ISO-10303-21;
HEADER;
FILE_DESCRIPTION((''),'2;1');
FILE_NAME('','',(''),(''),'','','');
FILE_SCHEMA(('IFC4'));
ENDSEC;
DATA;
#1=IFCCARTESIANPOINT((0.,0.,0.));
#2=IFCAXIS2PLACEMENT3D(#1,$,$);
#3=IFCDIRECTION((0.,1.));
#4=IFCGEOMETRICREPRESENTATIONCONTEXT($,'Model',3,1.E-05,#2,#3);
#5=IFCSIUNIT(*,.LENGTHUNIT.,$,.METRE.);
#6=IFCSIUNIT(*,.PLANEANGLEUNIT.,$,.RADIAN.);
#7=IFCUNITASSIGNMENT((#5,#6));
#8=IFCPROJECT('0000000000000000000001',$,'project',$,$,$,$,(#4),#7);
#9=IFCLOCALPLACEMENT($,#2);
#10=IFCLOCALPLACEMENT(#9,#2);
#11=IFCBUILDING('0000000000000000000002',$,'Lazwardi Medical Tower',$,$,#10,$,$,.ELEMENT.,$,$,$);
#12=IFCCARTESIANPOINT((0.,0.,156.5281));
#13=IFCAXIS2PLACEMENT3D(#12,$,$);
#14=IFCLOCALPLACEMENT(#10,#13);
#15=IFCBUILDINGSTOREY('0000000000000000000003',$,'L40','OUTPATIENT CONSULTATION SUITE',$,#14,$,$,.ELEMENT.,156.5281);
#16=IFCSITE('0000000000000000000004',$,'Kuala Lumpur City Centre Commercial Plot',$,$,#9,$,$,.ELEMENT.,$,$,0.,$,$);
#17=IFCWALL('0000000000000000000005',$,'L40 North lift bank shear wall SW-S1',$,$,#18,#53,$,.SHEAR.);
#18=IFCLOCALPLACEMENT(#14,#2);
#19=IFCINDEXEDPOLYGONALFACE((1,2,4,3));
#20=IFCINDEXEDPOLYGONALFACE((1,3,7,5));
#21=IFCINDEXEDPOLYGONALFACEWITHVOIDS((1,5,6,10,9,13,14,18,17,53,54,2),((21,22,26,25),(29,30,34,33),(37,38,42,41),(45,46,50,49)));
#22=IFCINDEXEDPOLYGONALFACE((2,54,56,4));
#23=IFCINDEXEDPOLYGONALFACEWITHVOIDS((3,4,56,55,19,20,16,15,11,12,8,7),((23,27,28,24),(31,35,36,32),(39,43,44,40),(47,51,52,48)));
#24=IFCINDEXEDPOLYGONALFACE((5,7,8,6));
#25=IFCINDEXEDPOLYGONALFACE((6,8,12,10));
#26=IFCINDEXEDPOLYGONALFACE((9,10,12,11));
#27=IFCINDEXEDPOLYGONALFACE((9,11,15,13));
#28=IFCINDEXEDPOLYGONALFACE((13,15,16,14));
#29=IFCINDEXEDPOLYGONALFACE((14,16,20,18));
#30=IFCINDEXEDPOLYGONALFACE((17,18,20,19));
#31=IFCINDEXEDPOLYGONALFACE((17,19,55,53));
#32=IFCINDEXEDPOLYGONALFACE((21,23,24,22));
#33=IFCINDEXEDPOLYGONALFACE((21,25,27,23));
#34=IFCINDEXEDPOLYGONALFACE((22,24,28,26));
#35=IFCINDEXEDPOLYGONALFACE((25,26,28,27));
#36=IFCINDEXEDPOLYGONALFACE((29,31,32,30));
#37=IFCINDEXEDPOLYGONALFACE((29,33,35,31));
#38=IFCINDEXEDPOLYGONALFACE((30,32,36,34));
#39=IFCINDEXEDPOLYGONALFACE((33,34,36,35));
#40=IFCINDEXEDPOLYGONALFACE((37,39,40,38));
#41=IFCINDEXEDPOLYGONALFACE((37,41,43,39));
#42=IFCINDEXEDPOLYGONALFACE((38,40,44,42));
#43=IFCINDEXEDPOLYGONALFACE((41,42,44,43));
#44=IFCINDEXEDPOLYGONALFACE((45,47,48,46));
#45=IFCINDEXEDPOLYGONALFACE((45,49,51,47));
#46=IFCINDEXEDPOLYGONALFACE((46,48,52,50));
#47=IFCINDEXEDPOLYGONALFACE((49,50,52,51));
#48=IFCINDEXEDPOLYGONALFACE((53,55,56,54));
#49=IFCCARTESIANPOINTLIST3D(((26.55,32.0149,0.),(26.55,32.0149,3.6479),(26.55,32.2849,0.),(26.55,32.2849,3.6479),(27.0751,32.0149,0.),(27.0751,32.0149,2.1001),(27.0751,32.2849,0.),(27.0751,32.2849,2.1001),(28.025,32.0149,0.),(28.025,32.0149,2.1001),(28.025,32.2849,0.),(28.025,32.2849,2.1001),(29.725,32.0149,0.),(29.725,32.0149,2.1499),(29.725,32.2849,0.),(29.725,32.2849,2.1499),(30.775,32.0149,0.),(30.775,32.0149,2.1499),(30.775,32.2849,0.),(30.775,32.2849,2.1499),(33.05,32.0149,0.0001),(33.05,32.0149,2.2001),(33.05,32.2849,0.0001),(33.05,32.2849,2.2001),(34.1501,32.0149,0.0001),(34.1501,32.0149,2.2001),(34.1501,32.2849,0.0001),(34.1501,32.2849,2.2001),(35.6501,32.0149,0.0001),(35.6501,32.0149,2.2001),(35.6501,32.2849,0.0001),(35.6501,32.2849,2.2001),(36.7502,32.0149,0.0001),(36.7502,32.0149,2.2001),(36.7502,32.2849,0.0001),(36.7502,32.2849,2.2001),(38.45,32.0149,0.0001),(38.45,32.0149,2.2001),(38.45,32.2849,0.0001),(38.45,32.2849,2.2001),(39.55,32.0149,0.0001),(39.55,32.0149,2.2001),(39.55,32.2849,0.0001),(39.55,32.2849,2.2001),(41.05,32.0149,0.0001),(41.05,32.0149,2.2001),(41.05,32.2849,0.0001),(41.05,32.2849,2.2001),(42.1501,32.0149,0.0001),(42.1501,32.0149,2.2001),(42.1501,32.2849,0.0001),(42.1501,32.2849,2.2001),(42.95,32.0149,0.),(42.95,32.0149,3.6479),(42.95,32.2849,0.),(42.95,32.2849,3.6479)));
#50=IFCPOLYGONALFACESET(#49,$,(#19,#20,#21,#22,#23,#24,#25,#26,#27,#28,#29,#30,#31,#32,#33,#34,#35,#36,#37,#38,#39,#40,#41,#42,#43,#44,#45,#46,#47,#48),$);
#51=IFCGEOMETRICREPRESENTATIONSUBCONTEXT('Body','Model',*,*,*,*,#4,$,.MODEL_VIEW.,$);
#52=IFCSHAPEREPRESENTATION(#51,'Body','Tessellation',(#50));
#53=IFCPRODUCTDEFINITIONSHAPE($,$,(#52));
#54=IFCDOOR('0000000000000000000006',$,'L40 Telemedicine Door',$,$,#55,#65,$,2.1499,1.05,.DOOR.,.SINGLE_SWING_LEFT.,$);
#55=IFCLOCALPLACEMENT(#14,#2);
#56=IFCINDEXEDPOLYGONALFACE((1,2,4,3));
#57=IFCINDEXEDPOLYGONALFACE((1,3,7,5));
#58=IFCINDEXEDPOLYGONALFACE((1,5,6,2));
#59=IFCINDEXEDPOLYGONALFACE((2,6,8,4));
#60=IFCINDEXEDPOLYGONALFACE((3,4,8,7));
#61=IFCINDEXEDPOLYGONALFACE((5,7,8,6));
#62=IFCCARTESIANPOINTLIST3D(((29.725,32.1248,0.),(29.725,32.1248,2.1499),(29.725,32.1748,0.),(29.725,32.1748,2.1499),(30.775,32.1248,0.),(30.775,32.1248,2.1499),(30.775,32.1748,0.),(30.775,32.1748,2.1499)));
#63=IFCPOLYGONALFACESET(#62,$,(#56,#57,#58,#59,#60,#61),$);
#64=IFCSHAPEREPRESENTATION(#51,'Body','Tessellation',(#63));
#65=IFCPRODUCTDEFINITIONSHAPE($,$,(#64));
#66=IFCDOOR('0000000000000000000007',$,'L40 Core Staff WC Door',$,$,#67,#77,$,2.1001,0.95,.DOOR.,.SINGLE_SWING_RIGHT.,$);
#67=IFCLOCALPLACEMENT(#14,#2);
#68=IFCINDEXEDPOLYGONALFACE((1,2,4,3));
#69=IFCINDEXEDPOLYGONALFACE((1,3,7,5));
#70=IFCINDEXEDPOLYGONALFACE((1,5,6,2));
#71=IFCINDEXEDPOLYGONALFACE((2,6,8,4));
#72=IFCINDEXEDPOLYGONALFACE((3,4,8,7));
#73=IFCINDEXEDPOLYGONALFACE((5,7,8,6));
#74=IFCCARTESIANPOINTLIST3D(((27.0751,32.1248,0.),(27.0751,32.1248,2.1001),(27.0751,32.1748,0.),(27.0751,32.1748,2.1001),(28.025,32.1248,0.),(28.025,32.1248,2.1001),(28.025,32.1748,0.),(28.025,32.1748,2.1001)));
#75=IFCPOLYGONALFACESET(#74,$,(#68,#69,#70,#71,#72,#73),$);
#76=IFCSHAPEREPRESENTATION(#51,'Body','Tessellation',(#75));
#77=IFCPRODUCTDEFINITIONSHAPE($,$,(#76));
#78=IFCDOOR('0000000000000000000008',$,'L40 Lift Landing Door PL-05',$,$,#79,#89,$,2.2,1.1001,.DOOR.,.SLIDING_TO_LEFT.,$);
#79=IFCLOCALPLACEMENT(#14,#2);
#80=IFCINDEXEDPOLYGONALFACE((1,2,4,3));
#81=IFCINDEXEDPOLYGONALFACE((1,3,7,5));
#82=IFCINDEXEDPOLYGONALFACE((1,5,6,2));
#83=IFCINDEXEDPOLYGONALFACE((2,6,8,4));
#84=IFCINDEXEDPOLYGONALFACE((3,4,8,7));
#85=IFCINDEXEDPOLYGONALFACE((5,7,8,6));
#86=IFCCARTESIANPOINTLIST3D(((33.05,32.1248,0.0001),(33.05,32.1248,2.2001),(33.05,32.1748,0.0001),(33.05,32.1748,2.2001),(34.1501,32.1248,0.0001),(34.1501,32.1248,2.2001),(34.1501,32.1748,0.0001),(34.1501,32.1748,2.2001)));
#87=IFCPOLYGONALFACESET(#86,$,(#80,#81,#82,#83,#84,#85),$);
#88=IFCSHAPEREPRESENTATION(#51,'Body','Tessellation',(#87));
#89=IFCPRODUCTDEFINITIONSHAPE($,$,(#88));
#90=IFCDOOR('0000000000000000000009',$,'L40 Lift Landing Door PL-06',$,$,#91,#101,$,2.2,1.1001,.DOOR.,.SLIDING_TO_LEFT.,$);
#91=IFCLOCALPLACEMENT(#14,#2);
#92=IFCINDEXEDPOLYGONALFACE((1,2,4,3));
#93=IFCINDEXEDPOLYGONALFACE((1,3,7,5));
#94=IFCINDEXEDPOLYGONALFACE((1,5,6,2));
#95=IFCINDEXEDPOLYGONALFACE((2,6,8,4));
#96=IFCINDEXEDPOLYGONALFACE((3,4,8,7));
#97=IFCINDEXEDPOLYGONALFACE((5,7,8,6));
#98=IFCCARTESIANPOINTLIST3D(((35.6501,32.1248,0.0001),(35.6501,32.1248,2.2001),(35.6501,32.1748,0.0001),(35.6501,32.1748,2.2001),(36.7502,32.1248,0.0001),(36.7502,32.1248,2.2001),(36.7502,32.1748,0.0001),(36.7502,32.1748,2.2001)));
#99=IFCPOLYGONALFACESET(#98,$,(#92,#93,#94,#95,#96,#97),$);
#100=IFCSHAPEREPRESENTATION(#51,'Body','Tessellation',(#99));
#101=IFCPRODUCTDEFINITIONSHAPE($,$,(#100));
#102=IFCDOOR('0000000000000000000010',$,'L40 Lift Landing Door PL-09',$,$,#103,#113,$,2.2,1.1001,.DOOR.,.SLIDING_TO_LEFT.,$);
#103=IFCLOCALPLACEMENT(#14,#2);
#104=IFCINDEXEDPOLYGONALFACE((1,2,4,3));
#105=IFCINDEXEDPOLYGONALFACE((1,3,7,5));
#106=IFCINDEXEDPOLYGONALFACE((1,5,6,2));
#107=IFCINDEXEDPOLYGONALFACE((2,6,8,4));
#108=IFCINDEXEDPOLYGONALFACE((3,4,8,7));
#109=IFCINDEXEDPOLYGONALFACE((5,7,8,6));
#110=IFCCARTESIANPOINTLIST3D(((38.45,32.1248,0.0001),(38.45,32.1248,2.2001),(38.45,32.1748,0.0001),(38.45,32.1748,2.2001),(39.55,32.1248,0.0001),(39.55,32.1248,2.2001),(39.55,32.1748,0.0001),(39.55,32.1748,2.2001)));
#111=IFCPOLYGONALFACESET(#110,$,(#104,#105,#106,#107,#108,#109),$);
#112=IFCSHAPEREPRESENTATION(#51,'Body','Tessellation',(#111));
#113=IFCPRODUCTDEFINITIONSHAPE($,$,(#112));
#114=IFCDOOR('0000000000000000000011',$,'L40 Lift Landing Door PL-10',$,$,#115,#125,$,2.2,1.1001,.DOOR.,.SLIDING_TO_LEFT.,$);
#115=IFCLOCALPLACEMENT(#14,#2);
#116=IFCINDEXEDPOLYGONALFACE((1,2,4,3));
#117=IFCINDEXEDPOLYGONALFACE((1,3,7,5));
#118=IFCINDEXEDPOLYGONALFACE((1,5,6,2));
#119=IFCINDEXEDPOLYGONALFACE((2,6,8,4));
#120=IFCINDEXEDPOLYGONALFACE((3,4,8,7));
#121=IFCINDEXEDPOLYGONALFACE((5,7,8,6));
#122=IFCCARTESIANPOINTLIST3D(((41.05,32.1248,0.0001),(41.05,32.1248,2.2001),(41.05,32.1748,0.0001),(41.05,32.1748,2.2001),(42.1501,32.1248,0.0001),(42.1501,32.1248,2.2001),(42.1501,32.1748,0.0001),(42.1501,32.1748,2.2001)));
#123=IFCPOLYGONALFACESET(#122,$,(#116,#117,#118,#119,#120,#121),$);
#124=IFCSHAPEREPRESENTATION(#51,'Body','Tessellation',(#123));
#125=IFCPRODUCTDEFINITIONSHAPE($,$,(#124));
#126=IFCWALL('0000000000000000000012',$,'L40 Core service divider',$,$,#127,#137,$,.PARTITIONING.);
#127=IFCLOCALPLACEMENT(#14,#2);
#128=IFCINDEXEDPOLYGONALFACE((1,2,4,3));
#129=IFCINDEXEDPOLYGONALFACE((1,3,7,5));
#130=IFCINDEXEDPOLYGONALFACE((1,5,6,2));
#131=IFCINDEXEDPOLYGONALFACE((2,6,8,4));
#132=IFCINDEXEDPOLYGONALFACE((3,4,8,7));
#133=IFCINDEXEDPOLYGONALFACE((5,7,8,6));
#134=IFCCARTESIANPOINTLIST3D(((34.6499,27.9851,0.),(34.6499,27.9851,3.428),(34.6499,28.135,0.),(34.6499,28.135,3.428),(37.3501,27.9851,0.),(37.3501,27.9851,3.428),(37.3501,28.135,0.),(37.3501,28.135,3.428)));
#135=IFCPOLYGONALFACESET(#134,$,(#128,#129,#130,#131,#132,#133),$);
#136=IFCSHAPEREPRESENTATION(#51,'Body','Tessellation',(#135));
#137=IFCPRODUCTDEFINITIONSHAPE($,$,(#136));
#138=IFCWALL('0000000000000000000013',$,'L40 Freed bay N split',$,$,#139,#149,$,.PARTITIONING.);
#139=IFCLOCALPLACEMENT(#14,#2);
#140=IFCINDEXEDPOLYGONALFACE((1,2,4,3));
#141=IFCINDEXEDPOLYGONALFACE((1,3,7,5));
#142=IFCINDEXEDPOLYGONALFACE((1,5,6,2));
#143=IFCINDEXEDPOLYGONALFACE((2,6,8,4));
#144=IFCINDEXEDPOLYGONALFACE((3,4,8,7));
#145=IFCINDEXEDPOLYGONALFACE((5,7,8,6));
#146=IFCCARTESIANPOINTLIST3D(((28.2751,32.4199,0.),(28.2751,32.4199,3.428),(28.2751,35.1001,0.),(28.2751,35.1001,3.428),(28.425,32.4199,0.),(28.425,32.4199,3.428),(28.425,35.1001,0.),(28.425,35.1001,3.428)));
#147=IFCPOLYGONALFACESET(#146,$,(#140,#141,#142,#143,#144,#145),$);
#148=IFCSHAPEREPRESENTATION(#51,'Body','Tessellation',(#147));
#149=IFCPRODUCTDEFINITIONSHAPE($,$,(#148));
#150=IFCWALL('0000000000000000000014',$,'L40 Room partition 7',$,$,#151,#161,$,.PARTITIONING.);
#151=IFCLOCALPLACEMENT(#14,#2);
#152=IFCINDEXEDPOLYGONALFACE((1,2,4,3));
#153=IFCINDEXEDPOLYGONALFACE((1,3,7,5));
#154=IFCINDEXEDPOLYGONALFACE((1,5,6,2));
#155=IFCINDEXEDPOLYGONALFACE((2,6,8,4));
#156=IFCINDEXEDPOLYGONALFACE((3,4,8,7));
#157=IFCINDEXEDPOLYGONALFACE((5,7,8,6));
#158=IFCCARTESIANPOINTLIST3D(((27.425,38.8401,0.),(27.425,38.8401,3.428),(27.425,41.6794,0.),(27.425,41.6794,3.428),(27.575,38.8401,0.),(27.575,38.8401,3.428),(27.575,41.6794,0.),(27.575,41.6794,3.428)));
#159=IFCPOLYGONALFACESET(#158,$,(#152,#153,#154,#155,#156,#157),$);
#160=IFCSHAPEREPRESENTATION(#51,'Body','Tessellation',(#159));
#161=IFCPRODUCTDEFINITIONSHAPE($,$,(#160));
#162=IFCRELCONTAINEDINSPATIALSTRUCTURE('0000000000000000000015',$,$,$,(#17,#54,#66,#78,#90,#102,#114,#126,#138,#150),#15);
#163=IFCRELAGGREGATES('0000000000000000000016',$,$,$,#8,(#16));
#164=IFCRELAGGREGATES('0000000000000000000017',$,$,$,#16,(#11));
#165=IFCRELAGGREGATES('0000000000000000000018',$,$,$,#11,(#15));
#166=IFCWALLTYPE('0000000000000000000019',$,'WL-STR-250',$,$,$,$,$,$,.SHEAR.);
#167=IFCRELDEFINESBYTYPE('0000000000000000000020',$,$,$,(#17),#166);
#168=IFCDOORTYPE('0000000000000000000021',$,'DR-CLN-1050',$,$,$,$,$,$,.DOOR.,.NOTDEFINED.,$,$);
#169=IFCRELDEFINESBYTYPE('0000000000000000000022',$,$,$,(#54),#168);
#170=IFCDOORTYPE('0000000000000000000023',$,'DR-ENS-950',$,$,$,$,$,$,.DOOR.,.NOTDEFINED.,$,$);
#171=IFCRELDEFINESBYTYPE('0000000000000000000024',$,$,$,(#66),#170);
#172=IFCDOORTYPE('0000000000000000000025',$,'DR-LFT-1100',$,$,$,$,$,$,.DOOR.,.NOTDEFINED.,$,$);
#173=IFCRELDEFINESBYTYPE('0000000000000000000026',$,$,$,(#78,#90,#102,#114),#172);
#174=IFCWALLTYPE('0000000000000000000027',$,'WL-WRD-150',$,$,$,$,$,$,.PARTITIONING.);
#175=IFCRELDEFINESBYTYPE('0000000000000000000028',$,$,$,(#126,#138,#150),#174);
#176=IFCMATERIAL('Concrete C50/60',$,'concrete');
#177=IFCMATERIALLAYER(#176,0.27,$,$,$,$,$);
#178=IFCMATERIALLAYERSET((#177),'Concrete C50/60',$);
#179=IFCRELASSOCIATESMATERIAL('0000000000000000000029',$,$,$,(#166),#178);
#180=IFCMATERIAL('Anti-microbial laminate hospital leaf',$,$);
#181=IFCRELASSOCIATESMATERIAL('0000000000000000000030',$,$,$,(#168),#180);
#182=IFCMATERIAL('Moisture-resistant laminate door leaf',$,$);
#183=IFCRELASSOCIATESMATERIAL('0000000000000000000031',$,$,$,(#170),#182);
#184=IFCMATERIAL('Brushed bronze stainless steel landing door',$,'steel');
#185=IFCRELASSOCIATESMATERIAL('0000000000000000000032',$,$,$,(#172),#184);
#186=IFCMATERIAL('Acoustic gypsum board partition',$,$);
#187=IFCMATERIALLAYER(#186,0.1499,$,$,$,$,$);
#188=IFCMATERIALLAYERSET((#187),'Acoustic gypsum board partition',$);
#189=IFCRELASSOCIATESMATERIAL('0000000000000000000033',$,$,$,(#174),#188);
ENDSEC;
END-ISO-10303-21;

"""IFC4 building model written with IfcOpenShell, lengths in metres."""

from ifc_helpers import new_model, si_unit, direction, frame, frame_2d, origin, place, context, subcontext, project, spatial, rectangle, extrude, material, layer, layer_set, type_object, element, fill, save


model = new_model("IFC4")

# Units and contexts
model_context = context("Model", 3, precision=1e-05, world=origin(), true_north=direction((0.0, 1.0)))
body_context = subcontext(model_context, "Body", "Model", "MODEL_VIEW")
ifc_project = project(units=[si_unit("LENGTHUNIT", "METRE"), si_unit("PLANEANGLEUNIT", "RADIAN")], contexts=[model_context])

# Site, building, storey
site_placement = place(None, origin())
site = spatial("IfcSite", under=ifc_project, at=site_placement, Name="Kuala Lumpur City Centre Commercial Plot", CompositionType="ELEMENT", RefElevation=0.0)
building_placement = place(site_placement, origin())
building = spatial("IfcBuilding", under=site, at=building_placement, Name="Lazwardi Medical Tower", CompositionType="ELEMENT")
storey_placement = place(building_placement, frame((0.0, 0.0, 156.5281)))
storey = spatial("IfcBuildingStorey", under=building, at=storey_placement, Name="L40", Description="OUTPATIENT CONSULTATION SUITE", CompositionType="ELEMENT", Elevation=156.5281)

# Shared definitions
ifc_material_1 = material(Name="Concrete C50/60", Category="concrete")
ifc_layer_1 = layer(ifc_material_1, 0.27)
ifc_layer_set_1 = layer_set([ifc_layer_1], Name="Concrete C50/60")
wall_type_1 = type_object("IfcWallType", Name="WL-STR-250", PredefinedType="SHEAR", material=ifc_layer_set_1)

# Wall, openings, doors
wall_1_placement = place(storey_placement, frame((26.55, 32.1499, 0.0), z_axis=(0.0, 0.0, 1.0), x_axis=(1.0, 0.0, 0.0)))
wall_1 = element("IfcWall", 1, at=wall_1_placement, inside=storey, type_object=wall_type_1, Name="L40 North lift bank shear wall SW-S1", PredefinedType="SHEAR", context=body_context, shape_type="SweptSolid", body=[
    extrude(rectangle(XDim=16.3999, YDim=0.27, at=frame_2d((8.2, 0.0))), origin(), (0.0, 0.0, 1.0), 3.6479),
])
opening_1_placement = place(wall_1_placement, frame((0.5249, 0.0, 0.0)))
opening_1 = element("IfcOpeningElement", 2, at=opening_1_placement, cuts=wall_1, PredefinedType="OPENING", context=body_context, shape_type="SweptSolid", body=[
    extrude(rectangle(XDim=0.95, YDim=2.1001, at=frame_2d((0.4751, 1.05))), frame((0.0, 0.145, 0.0), z_axis=(0.0, -1.0, 0.0), x_axis=(1.0, 0.0, 0.0)), (0.0, 0.0, 1.0), 0.29),
])
opening_2_placement = place(wall_1_placement, frame((3.175, 0.0, 0.0)))
opening_2 = element("IfcOpeningElement", 3, at=opening_2_placement, cuts=wall_1, PredefinedType="OPENING", context=body_context, shape_type="SweptSolid", body=[
    extrude(rectangle(XDim=1.05, YDim=2.1499, at=frame_2d((0.5249, 1.075))), frame((0.0, 0.145, 0.0), z_axis=(0.0, -1.0, 0.0), x_axis=(1.0, 0.0, 0.0)), (0.0, 0.0, 1.0), 0.29),
])
opening_3_placement = place(wall_1_placement, frame((6.5, 0.0, 0.0)))
opening_3 = element("IfcOpeningElement", 4, at=opening_3_placement, cuts=wall_1, PredefinedType="OPENING", context=body_context, shape_type="SweptSolid", body=[
    extrude(rectangle(XDim=1.1001, YDim=2.2, at=frame_2d((0.55, 1.1001))), frame((0.0, 0.145, 0.0), z_axis=(0.0, -1.0, 0.0), x_axis=(1.0, 0.0, 0.0)), (0.0, 0.0, 1.0), 0.29),
])
opening_4_placement = place(wall_1_placement, frame((9.1001, 0.0, 0.0)))
opening_4 = element("IfcOpeningElement", 5, at=opening_4_placement, cuts=wall_1, PredefinedType="OPENING", context=body_context, shape_type="SweptSolid", body=[
    extrude(rectangle(XDim=1.1001, YDim=2.2, at=frame_2d((0.55, 1.1001))), frame((0.0, 0.145, 0.0), z_axis=(0.0, -1.0, 0.0), x_axis=(1.0, 0.0, 0.0)), (0.0, 0.0, 1.0), 0.29),
])
opening_5_placement = place(wall_1_placement, frame((11.8999, 0.0, 0.0)))
opening_5 = element("IfcOpeningElement", 6, at=opening_5_placement, cuts=wall_1, PredefinedType="OPENING", context=body_context, shape_type="SweptSolid", body=[
    extrude(rectangle(XDim=1.1001, YDim=2.2, at=frame_2d((0.55, 1.1001))), frame((0.0, 0.145, 0.0), z_axis=(0.0, -1.0, 0.0), x_axis=(1.0, 0.0, 0.0)), (0.0, 0.0, 1.0), 0.29),
])
opening_6_placement = place(wall_1_placement, frame((14.5, 0.0, 0.0)))
opening_6 = element("IfcOpeningElement", 7, at=opening_6_placement, cuts=wall_1, PredefinedType="OPENING", context=body_context, shape_type="SweptSolid", body=[
    extrude(rectangle(XDim=1.1001, YDim=2.2, at=frame_2d((0.55, 1.1001))), frame((0.0, 0.145, 0.0), z_axis=(0.0, -1.0, 0.0), x_axis=(1.0, 0.0, 0.0)), (0.0, 0.0, 1.0), 0.29),
])
ifc_material_2 = material(Name="Anti-microbial laminate hospital leaf")
door_type_1 = type_object("IfcDoorType", Name="DR-CLN-1050", OperationType="NOTDEFINED", PredefinedType="DOOR", material=ifc_material_2)
door_1_placement = place(opening_2_placement, origin())
door_1 = element("IfcDoor", 8, at=door_1_placement, inside=storey, type_object=door_type_1, Name="L40 Telemedicine Door", OperationType="SINGLE_SWING_LEFT", OverallHeight=2.1499, OverallWidth=1.05, PredefinedType="DOOR", context=body_context, shape_type="SweptSolid", body=[
    extrude(rectangle(XDim=1.05, YDim=2.1499, at=frame_2d((0.5249, 1.075))), frame((0.0, 0.0249, 0.0), z_axis=(0.0, -1.0, 0.0), x_axis=(1.0, 0.0, 0.0)), (0.0, 0.0, 1.0), 0.05),
])
fill(opening_2, door_1)
ifc_material_3 = material(Name="Moisture-resistant laminate door leaf")
door_type_2 = type_object("IfcDoorType", Name="DR-ENS-950", OperationType="NOTDEFINED", PredefinedType="DOOR", material=ifc_material_3)
door_2_placement = place(opening_1_placement, origin())
door_2 = element("IfcDoor", 9, at=door_2_placement, inside=storey, type_object=door_type_2, Name="L40 Core Staff WC Door", OperationType="SINGLE_SWING_RIGHT", OverallHeight=2.1001, OverallWidth=0.95, PredefinedType="DOOR", context=body_context, shape_type="SweptSolid", body=[
    extrude(rectangle(XDim=0.95, YDim=2.1001, at=frame_2d((0.4751, 1.05))), frame((0.0, 0.0249, 0.0), z_axis=(0.0, -1.0, 0.0), x_axis=(1.0, 0.0, 0.0)), (0.0, 0.0, 1.0), 0.05),
])
fill(opening_1, door_2)
ifc_material_4 = material(Name="Brushed bronze stainless steel landing door", Category="steel")
door_type_3 = type_object("IfcDoorType", Name="DR-LFT-1100", OperationType="NOTDEFINED", PredefinedType="DOOR", material=ifc_material_4)
door_3_placement = place(opening_3_placement, origin())
door_3 = element("IfcDoor", 10, at=door_3_placement, inside=storey, type_object=door_type_3, Name="L40 Lift Landing Door PL-05", OperationType="SLIDING_TO_LEFT", OverallHeight=2.2, OverallWidth=1.1001, PredefinedType="DOOR", context=body_context, shape_type="SweptSolid", body=[
    extrude(rectangle(XDim=1.1001, YDim=2.2, at=frame_2d((0.55, 1.1001))), frame((0.0, 0.0249, 0.0), z_axis=(0.0, -1.0, 0.0), x_axis=(1.0, 0.0, 0.0)), (0.0, 0.0, 1.0), 0.05),
])
fill(opening_3, door_3)
door_4_placement = place(opening_4_placement, origin())
door_4 = element("IfcDoor", 11, at=door_4_placement, inside=storey, type_object=door_type_3, Name="L40 Lift Landing Door PL-06", OperationType="SLIDING_TO_LEFT", OverallHeight=2.2, OverallWidth=1.1001, PredefinedType="DOOR", context=body_context, shape_type="SweptSolid", body=[
    extrude(rectangle(XDim=1.1001, YDim=2.2, at=frame_2d((0.55, 1.1001))), frame((0.0, 0.0249, 0.0), z_axis=(0.0, -1.0, 0.0), x_axis=(1.0, 0.0, 0.0)), (0.0, 0.0, 1.0), 0.05),
])
fill(opening_4, door_4)
door_5_placement = place(opening_5_placement, origin())
door_5 = element("IfcDoor", 12, at=door_5_placement, inside=storey, type_object=door_type_3, Name="L40 Lift Landing Door PL-09", OperationType="SLIDING_TO_LEFT", OverallHeight=2.2, OverallWidth=1.1001, PredefinedType="DOOR", context=body_context, shape_type="SweptSolid", body=[
    extrude(rectangle(XDim=1.1001, YDim=2.2, at=frame_2d((0.55, 1.1001))), frame((0.0, 0.0249, 0.0), z_axis=(0.0, -1.0, 0.0), x_axis=(1.0, 0.0, 0.0)), (0.0, 0.0, 1.0), 0.05),
])
fill(opening_5, door_5)
door_6_placement = place(opening_6_placement, origin())
door_6 = element("IfcDoor", 13, at=door_6_placement, inside=storey, type_object=door_type_3, Name="L40 Lift Landing Door PL-10", OperationType="SLIDING_TO_LEFT", OverallHeight=2.2, OverallWidth=1.1001, PredefinedType="DOOR", context=body_context, shape_type="SweptSolid", body=[
    extrude(rectangle(XDim=1.1001, YDim=2.2, at=frame_2d((0.55, 1.1001))), frame((0.0, 0.0249, 0.0), z_axis=(0.0, -1.0, 0.0), x_axis=(1.0, 0.0, 0.0)), (0.0, 0.0, 1.0), 0.05),
])
fill(opening_6, door_6)

# Walls
ifc_material_5 = material(Name="Acoustic gypsum board partition")
ifc_layer_2 = layer(ifc_material_5, 0.1499)
ifc_layer_set_2 = layer_set([ifc_layer_2], Name="Acoustic gypsum board partition")
wall_type_2 = type_object("IfcWallType", Name="WL-WRD-150", PredefinedType="PARTITIONING", material=ifc_layer_set_2)
wall_2_placement = place(storey_placement, frame((34.6499, 28.0601, 0.0), z_axis=(0.0, 0.0, 1.0), x_axis=(1.0, 0.0, 0.0)))
element("IfcWall", 14, at=wall_2_placement, inside=storey, type_object=wall_type_2, Name="L40 Core service divider", PredefinedType="PARTITIONING", context=body_context, shape_type="SweptSolid", body=[
    extrude(rectangle(XDim=2.7002, YDim=0.1499, at=frame_2d((1.3501, 0.0))), origin(), (0.0, 0.0, 1.0), 3.428),
])
wall_3_placement = place(storey_placement, frame((28.3501, 32.4199, 0.0), z_axis=(0.0, 0.0, 1.0), x_axis=(0.0, 1.0, 0.0)))
element("IfcWall", 15, at=wall_3_placement, inside=storey, type_object=wall_type_2, Name="L40 Freed bay N split", PredefinedType="PARTITIONING", context=body_context, shape_type="SweptSolid", body=[
    extrude(rectangle(XDim=2.6802, YDim=0.1499, at=frame_2d((1.3401, 0.0))), origin(), (0.0, 0.0, 1.0), 3.428),
])
wall_4_placement = place(storey_placement, frame((27.5, 38.8401, 0.0), z_axis=(0.0, 0.0, 1.0), x_axis=(0.0, 1.0, 0.0)))
element("IfcWall", 16, at=wall_4_placement, inside=storey, type_object=wall_type_2, Name="L40 Room partition 7", PredefinedType="PARTITIONING", context=body_context, shape_type="SweptSolid", body=[
    extrude(rectangle(XDim=2.8394, YDim=0.1499, at=frame_2d((1.4197, 0.0))), origin(), (0.0, 0.0, 1.0), 3.428),
])

save(model, "model.ifc")
